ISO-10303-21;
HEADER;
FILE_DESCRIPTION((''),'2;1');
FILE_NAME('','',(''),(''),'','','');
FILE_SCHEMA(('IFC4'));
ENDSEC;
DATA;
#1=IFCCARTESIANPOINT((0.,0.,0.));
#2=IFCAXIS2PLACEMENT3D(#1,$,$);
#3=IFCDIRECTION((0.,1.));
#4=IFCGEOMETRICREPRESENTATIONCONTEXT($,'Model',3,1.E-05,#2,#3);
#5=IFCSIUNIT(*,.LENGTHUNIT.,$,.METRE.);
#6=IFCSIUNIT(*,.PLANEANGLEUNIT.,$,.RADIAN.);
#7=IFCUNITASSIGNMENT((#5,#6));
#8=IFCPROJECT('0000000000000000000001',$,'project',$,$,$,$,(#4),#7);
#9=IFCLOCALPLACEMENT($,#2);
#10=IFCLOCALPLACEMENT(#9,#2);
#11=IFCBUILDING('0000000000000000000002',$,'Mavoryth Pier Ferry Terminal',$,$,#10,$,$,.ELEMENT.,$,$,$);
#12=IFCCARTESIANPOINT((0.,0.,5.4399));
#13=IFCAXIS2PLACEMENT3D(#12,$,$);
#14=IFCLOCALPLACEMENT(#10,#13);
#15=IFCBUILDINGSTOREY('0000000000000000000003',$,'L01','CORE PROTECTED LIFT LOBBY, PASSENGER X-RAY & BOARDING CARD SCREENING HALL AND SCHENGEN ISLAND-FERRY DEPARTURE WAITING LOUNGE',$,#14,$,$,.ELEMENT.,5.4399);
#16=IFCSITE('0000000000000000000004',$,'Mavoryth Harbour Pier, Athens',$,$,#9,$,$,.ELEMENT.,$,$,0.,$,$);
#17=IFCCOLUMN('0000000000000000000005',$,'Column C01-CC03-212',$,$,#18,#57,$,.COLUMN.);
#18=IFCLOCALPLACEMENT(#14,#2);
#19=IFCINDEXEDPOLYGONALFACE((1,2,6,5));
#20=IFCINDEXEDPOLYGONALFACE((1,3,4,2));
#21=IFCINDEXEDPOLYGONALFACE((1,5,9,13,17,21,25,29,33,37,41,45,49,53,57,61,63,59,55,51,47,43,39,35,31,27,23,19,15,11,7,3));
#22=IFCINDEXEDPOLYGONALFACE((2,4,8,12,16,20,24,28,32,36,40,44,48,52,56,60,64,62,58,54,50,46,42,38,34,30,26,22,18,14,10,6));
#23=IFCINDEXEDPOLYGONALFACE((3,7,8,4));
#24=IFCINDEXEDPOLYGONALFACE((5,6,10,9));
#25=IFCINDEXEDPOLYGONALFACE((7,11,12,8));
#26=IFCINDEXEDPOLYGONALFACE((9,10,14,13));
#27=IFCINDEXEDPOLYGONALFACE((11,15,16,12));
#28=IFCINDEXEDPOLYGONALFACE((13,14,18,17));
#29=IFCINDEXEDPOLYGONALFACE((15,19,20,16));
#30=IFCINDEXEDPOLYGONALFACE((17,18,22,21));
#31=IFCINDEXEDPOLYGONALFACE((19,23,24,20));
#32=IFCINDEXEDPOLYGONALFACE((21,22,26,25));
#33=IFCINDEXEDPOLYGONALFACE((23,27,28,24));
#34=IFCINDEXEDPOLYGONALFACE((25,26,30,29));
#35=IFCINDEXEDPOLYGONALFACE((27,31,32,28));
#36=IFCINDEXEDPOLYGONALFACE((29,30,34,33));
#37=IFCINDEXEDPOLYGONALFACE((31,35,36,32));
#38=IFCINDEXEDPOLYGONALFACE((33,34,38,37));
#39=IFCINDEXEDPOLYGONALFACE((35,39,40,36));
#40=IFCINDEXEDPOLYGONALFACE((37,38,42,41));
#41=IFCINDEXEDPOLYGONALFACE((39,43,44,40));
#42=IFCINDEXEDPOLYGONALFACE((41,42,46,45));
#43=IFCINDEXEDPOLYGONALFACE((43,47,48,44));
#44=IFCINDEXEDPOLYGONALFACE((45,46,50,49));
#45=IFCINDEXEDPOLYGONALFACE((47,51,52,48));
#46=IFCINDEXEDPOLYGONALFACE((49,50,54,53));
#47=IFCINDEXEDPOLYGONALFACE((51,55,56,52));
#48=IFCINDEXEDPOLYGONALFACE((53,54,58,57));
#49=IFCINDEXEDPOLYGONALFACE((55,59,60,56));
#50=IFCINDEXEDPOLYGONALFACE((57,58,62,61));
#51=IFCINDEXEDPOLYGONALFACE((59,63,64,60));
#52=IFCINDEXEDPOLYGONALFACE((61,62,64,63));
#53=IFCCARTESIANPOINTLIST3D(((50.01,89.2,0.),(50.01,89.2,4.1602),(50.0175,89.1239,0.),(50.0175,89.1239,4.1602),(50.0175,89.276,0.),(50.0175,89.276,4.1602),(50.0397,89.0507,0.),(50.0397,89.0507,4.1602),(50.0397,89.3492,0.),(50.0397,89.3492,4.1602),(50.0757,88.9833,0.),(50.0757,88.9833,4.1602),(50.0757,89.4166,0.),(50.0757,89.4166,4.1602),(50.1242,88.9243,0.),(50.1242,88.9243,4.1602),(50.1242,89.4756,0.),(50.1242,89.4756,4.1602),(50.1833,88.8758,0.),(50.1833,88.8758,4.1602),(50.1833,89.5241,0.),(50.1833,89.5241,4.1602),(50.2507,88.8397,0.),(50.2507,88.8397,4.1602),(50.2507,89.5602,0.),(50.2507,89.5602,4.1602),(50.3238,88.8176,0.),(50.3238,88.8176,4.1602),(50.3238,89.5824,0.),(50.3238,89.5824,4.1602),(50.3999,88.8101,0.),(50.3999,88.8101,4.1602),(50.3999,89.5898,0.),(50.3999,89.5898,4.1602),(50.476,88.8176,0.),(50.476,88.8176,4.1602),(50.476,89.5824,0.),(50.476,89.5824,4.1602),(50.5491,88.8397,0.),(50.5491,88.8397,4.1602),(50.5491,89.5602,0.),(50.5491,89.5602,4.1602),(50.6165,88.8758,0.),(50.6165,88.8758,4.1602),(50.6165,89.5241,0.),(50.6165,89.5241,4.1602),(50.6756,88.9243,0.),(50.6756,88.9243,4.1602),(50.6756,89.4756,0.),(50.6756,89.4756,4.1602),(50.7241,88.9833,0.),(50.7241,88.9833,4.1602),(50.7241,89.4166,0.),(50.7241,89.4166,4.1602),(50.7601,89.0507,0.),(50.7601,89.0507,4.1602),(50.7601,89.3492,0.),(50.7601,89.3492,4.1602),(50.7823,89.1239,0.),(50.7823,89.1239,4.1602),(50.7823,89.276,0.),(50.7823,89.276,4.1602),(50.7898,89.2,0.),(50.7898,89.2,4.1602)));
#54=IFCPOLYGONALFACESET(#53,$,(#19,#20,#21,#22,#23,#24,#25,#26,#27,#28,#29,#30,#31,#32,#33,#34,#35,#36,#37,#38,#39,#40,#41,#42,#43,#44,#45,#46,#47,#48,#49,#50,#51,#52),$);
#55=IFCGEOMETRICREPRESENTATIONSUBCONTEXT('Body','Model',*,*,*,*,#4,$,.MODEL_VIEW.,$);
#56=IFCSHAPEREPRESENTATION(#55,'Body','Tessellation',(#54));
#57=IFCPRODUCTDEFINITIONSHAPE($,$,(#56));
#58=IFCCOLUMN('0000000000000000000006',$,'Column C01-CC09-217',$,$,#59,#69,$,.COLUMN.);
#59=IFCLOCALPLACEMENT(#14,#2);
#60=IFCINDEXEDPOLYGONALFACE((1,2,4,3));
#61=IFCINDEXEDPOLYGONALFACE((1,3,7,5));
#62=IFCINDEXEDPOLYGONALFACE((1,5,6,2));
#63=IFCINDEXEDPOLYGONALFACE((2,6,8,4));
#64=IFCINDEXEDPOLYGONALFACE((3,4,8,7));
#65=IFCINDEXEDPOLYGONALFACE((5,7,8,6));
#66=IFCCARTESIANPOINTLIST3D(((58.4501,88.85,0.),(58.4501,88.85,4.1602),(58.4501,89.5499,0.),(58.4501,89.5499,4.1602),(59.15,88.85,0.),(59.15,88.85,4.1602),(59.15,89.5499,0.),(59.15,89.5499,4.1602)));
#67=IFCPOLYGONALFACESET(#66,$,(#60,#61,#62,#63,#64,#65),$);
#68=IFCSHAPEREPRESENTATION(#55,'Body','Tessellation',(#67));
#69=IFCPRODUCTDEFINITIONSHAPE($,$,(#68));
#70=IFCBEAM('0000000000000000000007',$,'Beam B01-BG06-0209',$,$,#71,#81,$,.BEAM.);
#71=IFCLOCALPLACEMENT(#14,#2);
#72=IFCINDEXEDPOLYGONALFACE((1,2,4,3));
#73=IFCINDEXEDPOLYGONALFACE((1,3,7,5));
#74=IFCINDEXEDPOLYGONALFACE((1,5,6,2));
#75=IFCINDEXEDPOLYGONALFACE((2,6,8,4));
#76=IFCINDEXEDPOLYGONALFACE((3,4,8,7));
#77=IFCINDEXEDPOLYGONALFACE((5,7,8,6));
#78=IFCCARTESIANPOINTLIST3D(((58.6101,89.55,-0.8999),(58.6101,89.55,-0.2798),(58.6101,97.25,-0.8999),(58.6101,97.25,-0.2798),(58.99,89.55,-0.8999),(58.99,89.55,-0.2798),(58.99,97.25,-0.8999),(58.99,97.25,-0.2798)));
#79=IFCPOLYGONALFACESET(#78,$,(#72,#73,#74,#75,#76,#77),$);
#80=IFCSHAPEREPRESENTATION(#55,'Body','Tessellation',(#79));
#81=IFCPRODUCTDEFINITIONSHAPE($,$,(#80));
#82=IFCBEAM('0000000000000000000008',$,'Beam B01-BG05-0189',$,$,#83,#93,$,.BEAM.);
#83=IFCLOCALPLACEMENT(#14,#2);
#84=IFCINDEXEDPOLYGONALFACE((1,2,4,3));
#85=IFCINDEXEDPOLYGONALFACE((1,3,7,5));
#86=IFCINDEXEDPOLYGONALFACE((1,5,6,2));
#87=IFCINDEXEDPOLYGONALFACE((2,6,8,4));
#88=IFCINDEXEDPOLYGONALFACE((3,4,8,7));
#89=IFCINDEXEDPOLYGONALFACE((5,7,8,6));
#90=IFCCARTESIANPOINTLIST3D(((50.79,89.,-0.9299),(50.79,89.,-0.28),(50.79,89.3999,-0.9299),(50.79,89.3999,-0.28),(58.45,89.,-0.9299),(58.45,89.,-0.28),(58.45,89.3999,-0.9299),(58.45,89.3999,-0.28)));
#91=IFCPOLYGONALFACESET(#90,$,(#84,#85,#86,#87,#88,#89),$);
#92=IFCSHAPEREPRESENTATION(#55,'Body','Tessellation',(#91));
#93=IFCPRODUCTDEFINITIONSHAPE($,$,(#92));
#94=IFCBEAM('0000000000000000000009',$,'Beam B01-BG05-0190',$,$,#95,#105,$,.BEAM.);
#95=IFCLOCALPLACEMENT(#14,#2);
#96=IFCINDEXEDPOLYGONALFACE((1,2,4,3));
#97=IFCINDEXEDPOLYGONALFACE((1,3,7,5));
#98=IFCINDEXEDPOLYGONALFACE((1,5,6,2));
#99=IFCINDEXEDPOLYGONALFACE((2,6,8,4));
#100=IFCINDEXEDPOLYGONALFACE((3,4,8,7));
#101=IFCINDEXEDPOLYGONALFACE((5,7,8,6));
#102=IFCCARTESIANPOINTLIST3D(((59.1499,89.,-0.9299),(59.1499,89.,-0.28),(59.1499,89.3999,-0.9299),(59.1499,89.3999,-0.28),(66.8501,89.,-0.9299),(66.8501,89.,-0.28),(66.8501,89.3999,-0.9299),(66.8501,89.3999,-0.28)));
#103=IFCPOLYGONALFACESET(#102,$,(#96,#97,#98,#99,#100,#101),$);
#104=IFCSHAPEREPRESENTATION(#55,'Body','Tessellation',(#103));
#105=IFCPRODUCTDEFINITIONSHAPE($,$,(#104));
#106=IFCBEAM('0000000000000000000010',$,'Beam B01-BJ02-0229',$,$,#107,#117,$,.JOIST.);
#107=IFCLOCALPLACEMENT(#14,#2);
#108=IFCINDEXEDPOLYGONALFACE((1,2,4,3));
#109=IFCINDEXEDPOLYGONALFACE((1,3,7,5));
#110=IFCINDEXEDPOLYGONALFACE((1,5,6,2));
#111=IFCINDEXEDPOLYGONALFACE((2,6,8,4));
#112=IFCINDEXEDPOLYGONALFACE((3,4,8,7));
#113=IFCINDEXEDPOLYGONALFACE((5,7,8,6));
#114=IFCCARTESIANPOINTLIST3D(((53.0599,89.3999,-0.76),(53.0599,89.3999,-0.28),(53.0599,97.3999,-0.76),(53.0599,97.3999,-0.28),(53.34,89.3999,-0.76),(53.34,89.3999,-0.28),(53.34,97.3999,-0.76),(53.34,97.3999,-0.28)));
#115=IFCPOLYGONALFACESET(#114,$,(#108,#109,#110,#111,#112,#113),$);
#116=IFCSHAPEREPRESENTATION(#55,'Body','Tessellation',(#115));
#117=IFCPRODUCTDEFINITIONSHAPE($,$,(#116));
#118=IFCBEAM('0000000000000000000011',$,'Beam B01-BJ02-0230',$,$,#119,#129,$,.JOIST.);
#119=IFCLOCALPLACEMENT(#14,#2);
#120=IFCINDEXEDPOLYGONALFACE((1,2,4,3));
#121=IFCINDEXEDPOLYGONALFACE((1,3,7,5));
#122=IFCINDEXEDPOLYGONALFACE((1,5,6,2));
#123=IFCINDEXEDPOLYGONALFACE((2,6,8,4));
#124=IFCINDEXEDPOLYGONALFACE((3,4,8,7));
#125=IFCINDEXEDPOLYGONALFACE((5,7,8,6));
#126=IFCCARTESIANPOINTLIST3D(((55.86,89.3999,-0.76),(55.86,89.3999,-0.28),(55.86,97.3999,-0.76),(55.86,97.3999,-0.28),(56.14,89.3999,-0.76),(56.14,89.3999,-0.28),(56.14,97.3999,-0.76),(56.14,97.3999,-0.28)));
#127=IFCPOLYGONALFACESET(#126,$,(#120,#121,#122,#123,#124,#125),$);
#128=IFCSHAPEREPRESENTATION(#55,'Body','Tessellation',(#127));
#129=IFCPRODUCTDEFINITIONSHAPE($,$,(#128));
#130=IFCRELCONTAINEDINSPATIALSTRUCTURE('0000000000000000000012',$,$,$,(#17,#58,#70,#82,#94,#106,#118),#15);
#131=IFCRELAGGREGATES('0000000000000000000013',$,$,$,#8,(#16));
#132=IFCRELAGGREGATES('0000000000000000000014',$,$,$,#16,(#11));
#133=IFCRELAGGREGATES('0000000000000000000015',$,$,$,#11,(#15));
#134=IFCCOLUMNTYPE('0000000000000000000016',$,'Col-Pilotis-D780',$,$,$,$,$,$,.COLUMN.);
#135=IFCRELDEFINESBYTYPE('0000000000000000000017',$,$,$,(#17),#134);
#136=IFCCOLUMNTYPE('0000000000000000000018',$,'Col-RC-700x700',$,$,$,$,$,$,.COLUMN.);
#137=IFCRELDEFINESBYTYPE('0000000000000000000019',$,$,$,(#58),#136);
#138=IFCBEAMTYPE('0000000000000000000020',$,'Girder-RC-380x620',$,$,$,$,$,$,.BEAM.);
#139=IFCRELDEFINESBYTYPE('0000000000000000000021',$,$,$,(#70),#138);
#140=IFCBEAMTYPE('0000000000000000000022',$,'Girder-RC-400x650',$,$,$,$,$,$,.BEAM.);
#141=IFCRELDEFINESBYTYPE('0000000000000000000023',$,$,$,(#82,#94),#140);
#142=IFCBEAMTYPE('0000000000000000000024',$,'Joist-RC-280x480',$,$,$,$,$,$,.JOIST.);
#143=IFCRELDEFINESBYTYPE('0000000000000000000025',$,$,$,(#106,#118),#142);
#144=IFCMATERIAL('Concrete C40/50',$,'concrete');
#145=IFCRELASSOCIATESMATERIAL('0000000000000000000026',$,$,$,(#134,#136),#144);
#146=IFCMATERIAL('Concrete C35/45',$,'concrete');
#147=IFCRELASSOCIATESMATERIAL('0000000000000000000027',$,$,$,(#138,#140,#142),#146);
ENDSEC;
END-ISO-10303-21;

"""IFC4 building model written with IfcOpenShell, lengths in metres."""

from ifc_helpers import new_model, si_unit, direction, frame, origin, origin_2d, place, context, subcontext, project, spatial, rectangle, circle, extrude, material, material_profile, profile_set, type_object, element, save


model = new_model("IFC4")

# Units and contexts
model_context = context("Model", 3, precision=1e-05, world=origin(), true_north=direction((0.0, 1.0)))
body_context = subcontext(model_context, "Body", "Model", "MODEL_VIEW")
ifc_project = project(units=[si_unit("LENGTHUNIT", "METRE"), si_unit("PLANEANGLEUNIT", "RADIAN")], contexts=[model_context])

# Site, building, storey
site_placement = place(None, origin())
site = spatial("IfcSite", under=ifc_project, at=site_placement, Name="Mavoryth Harbour Pier, Athens", CompositionType="ELEMENT", RefElevation=0.0)
building_placement = place(site_placement, origin())
building = spatial("IfcBuilding", under=site, at=building_placement, Name="Mavoryth Pier Ferry Terminal", CompositionType="ELEMENT")
storey_placement = place(building_placement, frame((0.0, 0.0, 5.4399)))
storey = spatial("IfcBuildingStorey", under=building, at=storey_placement, Name="L01", Description="CORE PROTECTED LIFT LOBBY, PASSENGER X-RAY & BOARDING CARD SCREENING HALL AND SCHENGEN ISLAND-FERRY DEPARTURE WAITING LOUNGE", CompositionType="ELEMENT", Elevation=5.4399)

# Columns
ifc_material_1 = material(Name="Concrete C40/50", Category="concrete")
ifc_material_profile_1 = material_profile(ifc_material_1, circle(Radius=0.3899, at=origin_2d()), Name="RC D780", Category="concrete")
ifc_profile_set_1 = profile_set([ifc_material_profile_1], Name="Concrete C40/50 - RC D780")
column_type_1 = type_object("IfcColumnType", Name="Col-Pilotis-D780", PredefinedType="COLUMN", material=ifc_profile_set_1)
column_1_placement = place(storey_placement, frame((50.3999, 89.2, 0.0), z_axis=(0.0, 0.0, 1.0), x_axis=(1.0, 0.0, 0.0)))
element("IfcColumn", 1, at=column_1_placement, inside=storey, type_object=column_type_1, Name="Column C01-CC03-212", PredefinedType="COLUMN", context=body_context, shape_type="SweptSolid", body=[
    extrude(circle(Radius=0.3899, at=origin_2d()), origin(), (0.0, 0.0, 1.0), 4.1602),
])
ifc_material_profile_2 = material_profile(ifc_material_1, rectangle(XDim=0.7, YDim=0.7, at=origin_2d()), Name="RC 700x700", Category="concrete")
ifc_profile_set_2 = profile_set([ifc_material_profile_2], Name="Concrete C40/50 - RC 700x700")
column_type_2 = type_object("IfcColumnType", Name="Col-RC-700x700", PredefinedType="COLUMN", material=ifc_profile_set_2)
column_2_placement = place(storey_placement, frame((58.8, 89.2, 0.0), z_axis=(0.0, 0.0, 1.0), x_axis=(1.0, 0.0, 0.0)))
element("IfcColumn", 2, at=column_2_placement, inside=storey, type_object=column_type_2, Name="Column C01-CC09-217", PredefinedType="COLUMN", context=body_context, shape_type="SweptSolid", body=[
    extrude(rectangle(XDim=0.7, YDim=0.7, at=origin_2d()), origin(), (0.0, 0.0, 1.0), 4.1602),
])

# Beams
ifc_material_2 = material(Name="Concrete C35/45", Category="concrete")
ifc_material_profile_3 = material_profile(ifc_material_2, rectangle(XDim=0.3799, YDim=0.6201, at=origin_2d()), Name="RC 380x620", Category="concrete")
ifc_profile_set_3 = profile_set([ifc_material_profile_3], Name="Concrete C35/45 - RC 380x620")
beam_type_1 = type_object("IfcBeamType", Name="Girder-RC-380x620", PredefinedType="BEAM", material=ifc_profile_set_3)
beam_1_placement = place(storey_placement, frame((58.8, 89.55, -0.5898), z_axis=(0.0, 1.0, 0.0), x_axis=(-1.0, 0.0, 0.0)))
element("IfcBeam", 3, at=beam_1_placement, inside=storey, type_object=beam_type_1, Name="Beam B01-BG06-0209", PredefinedType="BEAM", context=body_context, shape_type="SweptSolid", body=[
    extrude(rectangle(XDim=0.3799, YDim=0.6201, at=origin_2d()), origin(), (0.0, 0.0, 1.0), 7.7),
])
ifc_material_profile_4 = material_profile(ifc_material_2, rectangle(XDim=0.3999, YDim=0.6499, at=origin_2d()), Name="RC 400x650", Category="concrete")
ifc_profile_set_4 = profile_set([ifc_material_profile_4], Name="Concrete C35/45 - RC 400x650")
beam_type_2 = type_object("IfcBeamType", Name="Girder-RC-400x650", PredefinedType="BEAM", material=ifc_profile_set_4)
beam_2_placement = place(storey_placement, frame((50.79, 89.2, -0.605), z_axis=(1.0, 0.0, 0.0), x_axis=(0.0, 1.0, 0.0)))
element("IfcBeam", 4, at=beam_2_placement, inside=storey, type_object=beam_type_2, Name="Beam B01-BG05-0189", PredefinedType="BEAM", context=body_context, shape_type="SweptSolid", body=[
    extrude(rectangle(XDim=0.3999, YDim=0.6499, at=origin_2d()), origin(), (0.0, 0.0, 1.0), 7.6599),
])
beam_3_placement = place(storey_placement, frame((59.1499, 89.2, -0.605), z_axis=(1.0, 0.0, 0.0), x_axis=(0.0, 1.0, 0.0)))
element("IfcBeam", 5, at=beam_3_placement, inside=storey, type_object=beam_type_2, Name="Beam B01-BG05-0190", PredefinedType="BEAM", context=body_context, shape_type="SweptSolid", body=[
    extrude(rectangle(XDim=0.3999, YDim=0.6499, at=origin_2d()), origin(), (0.0, 0.0, 1.0), 7.7002),
])
ifc_material_profile_5 = material_profile(ifc_material_2, rectangle(XDim=0.28, YDim=0.48, at=origin_2d()), Name="RC 280x480", Category="concrete")
ifc_profile_set_5 = profile_set([ifc_material_profile_5], Name="Concrete C35/45 - RC 280x480")
beam_type_3 = type_object("IfcBeamType", Name="Joist-RC-280x480", PredefinedType="JOIST", material=ifc_profile_set_5)
for number, where, z_axis, x_axis, name in (
    (6, (53.2, 89.3999, -0.52), (0.0, 1.0, 0.0), (-1.0, 0.0, 0.0), "Beam B01-BJ02-0229"),
    (7, (56.0, 89.3999, -0.52), (0.0, 1.0, 0.0), (-1.0, 0.0, 0.0), "Beam B01-BJ02-0230"),
):
    element("IfcBeam", number, at=place(storey_placement, frame(where, z_axis=z_axis, x_axis=x_axis)), inside=storey, type_object=beam_type_3, Name=name, PredefinedType="JOIST", context=body_context, shape_type="SweptSolid", body=[
        extrude(rectangle(XDim=0.28, YDim=0.48, at=origin_2d()), origin(), (0.0, 0.0, 1.0), 8.0),
    ])

save(model, "model.ifc")
